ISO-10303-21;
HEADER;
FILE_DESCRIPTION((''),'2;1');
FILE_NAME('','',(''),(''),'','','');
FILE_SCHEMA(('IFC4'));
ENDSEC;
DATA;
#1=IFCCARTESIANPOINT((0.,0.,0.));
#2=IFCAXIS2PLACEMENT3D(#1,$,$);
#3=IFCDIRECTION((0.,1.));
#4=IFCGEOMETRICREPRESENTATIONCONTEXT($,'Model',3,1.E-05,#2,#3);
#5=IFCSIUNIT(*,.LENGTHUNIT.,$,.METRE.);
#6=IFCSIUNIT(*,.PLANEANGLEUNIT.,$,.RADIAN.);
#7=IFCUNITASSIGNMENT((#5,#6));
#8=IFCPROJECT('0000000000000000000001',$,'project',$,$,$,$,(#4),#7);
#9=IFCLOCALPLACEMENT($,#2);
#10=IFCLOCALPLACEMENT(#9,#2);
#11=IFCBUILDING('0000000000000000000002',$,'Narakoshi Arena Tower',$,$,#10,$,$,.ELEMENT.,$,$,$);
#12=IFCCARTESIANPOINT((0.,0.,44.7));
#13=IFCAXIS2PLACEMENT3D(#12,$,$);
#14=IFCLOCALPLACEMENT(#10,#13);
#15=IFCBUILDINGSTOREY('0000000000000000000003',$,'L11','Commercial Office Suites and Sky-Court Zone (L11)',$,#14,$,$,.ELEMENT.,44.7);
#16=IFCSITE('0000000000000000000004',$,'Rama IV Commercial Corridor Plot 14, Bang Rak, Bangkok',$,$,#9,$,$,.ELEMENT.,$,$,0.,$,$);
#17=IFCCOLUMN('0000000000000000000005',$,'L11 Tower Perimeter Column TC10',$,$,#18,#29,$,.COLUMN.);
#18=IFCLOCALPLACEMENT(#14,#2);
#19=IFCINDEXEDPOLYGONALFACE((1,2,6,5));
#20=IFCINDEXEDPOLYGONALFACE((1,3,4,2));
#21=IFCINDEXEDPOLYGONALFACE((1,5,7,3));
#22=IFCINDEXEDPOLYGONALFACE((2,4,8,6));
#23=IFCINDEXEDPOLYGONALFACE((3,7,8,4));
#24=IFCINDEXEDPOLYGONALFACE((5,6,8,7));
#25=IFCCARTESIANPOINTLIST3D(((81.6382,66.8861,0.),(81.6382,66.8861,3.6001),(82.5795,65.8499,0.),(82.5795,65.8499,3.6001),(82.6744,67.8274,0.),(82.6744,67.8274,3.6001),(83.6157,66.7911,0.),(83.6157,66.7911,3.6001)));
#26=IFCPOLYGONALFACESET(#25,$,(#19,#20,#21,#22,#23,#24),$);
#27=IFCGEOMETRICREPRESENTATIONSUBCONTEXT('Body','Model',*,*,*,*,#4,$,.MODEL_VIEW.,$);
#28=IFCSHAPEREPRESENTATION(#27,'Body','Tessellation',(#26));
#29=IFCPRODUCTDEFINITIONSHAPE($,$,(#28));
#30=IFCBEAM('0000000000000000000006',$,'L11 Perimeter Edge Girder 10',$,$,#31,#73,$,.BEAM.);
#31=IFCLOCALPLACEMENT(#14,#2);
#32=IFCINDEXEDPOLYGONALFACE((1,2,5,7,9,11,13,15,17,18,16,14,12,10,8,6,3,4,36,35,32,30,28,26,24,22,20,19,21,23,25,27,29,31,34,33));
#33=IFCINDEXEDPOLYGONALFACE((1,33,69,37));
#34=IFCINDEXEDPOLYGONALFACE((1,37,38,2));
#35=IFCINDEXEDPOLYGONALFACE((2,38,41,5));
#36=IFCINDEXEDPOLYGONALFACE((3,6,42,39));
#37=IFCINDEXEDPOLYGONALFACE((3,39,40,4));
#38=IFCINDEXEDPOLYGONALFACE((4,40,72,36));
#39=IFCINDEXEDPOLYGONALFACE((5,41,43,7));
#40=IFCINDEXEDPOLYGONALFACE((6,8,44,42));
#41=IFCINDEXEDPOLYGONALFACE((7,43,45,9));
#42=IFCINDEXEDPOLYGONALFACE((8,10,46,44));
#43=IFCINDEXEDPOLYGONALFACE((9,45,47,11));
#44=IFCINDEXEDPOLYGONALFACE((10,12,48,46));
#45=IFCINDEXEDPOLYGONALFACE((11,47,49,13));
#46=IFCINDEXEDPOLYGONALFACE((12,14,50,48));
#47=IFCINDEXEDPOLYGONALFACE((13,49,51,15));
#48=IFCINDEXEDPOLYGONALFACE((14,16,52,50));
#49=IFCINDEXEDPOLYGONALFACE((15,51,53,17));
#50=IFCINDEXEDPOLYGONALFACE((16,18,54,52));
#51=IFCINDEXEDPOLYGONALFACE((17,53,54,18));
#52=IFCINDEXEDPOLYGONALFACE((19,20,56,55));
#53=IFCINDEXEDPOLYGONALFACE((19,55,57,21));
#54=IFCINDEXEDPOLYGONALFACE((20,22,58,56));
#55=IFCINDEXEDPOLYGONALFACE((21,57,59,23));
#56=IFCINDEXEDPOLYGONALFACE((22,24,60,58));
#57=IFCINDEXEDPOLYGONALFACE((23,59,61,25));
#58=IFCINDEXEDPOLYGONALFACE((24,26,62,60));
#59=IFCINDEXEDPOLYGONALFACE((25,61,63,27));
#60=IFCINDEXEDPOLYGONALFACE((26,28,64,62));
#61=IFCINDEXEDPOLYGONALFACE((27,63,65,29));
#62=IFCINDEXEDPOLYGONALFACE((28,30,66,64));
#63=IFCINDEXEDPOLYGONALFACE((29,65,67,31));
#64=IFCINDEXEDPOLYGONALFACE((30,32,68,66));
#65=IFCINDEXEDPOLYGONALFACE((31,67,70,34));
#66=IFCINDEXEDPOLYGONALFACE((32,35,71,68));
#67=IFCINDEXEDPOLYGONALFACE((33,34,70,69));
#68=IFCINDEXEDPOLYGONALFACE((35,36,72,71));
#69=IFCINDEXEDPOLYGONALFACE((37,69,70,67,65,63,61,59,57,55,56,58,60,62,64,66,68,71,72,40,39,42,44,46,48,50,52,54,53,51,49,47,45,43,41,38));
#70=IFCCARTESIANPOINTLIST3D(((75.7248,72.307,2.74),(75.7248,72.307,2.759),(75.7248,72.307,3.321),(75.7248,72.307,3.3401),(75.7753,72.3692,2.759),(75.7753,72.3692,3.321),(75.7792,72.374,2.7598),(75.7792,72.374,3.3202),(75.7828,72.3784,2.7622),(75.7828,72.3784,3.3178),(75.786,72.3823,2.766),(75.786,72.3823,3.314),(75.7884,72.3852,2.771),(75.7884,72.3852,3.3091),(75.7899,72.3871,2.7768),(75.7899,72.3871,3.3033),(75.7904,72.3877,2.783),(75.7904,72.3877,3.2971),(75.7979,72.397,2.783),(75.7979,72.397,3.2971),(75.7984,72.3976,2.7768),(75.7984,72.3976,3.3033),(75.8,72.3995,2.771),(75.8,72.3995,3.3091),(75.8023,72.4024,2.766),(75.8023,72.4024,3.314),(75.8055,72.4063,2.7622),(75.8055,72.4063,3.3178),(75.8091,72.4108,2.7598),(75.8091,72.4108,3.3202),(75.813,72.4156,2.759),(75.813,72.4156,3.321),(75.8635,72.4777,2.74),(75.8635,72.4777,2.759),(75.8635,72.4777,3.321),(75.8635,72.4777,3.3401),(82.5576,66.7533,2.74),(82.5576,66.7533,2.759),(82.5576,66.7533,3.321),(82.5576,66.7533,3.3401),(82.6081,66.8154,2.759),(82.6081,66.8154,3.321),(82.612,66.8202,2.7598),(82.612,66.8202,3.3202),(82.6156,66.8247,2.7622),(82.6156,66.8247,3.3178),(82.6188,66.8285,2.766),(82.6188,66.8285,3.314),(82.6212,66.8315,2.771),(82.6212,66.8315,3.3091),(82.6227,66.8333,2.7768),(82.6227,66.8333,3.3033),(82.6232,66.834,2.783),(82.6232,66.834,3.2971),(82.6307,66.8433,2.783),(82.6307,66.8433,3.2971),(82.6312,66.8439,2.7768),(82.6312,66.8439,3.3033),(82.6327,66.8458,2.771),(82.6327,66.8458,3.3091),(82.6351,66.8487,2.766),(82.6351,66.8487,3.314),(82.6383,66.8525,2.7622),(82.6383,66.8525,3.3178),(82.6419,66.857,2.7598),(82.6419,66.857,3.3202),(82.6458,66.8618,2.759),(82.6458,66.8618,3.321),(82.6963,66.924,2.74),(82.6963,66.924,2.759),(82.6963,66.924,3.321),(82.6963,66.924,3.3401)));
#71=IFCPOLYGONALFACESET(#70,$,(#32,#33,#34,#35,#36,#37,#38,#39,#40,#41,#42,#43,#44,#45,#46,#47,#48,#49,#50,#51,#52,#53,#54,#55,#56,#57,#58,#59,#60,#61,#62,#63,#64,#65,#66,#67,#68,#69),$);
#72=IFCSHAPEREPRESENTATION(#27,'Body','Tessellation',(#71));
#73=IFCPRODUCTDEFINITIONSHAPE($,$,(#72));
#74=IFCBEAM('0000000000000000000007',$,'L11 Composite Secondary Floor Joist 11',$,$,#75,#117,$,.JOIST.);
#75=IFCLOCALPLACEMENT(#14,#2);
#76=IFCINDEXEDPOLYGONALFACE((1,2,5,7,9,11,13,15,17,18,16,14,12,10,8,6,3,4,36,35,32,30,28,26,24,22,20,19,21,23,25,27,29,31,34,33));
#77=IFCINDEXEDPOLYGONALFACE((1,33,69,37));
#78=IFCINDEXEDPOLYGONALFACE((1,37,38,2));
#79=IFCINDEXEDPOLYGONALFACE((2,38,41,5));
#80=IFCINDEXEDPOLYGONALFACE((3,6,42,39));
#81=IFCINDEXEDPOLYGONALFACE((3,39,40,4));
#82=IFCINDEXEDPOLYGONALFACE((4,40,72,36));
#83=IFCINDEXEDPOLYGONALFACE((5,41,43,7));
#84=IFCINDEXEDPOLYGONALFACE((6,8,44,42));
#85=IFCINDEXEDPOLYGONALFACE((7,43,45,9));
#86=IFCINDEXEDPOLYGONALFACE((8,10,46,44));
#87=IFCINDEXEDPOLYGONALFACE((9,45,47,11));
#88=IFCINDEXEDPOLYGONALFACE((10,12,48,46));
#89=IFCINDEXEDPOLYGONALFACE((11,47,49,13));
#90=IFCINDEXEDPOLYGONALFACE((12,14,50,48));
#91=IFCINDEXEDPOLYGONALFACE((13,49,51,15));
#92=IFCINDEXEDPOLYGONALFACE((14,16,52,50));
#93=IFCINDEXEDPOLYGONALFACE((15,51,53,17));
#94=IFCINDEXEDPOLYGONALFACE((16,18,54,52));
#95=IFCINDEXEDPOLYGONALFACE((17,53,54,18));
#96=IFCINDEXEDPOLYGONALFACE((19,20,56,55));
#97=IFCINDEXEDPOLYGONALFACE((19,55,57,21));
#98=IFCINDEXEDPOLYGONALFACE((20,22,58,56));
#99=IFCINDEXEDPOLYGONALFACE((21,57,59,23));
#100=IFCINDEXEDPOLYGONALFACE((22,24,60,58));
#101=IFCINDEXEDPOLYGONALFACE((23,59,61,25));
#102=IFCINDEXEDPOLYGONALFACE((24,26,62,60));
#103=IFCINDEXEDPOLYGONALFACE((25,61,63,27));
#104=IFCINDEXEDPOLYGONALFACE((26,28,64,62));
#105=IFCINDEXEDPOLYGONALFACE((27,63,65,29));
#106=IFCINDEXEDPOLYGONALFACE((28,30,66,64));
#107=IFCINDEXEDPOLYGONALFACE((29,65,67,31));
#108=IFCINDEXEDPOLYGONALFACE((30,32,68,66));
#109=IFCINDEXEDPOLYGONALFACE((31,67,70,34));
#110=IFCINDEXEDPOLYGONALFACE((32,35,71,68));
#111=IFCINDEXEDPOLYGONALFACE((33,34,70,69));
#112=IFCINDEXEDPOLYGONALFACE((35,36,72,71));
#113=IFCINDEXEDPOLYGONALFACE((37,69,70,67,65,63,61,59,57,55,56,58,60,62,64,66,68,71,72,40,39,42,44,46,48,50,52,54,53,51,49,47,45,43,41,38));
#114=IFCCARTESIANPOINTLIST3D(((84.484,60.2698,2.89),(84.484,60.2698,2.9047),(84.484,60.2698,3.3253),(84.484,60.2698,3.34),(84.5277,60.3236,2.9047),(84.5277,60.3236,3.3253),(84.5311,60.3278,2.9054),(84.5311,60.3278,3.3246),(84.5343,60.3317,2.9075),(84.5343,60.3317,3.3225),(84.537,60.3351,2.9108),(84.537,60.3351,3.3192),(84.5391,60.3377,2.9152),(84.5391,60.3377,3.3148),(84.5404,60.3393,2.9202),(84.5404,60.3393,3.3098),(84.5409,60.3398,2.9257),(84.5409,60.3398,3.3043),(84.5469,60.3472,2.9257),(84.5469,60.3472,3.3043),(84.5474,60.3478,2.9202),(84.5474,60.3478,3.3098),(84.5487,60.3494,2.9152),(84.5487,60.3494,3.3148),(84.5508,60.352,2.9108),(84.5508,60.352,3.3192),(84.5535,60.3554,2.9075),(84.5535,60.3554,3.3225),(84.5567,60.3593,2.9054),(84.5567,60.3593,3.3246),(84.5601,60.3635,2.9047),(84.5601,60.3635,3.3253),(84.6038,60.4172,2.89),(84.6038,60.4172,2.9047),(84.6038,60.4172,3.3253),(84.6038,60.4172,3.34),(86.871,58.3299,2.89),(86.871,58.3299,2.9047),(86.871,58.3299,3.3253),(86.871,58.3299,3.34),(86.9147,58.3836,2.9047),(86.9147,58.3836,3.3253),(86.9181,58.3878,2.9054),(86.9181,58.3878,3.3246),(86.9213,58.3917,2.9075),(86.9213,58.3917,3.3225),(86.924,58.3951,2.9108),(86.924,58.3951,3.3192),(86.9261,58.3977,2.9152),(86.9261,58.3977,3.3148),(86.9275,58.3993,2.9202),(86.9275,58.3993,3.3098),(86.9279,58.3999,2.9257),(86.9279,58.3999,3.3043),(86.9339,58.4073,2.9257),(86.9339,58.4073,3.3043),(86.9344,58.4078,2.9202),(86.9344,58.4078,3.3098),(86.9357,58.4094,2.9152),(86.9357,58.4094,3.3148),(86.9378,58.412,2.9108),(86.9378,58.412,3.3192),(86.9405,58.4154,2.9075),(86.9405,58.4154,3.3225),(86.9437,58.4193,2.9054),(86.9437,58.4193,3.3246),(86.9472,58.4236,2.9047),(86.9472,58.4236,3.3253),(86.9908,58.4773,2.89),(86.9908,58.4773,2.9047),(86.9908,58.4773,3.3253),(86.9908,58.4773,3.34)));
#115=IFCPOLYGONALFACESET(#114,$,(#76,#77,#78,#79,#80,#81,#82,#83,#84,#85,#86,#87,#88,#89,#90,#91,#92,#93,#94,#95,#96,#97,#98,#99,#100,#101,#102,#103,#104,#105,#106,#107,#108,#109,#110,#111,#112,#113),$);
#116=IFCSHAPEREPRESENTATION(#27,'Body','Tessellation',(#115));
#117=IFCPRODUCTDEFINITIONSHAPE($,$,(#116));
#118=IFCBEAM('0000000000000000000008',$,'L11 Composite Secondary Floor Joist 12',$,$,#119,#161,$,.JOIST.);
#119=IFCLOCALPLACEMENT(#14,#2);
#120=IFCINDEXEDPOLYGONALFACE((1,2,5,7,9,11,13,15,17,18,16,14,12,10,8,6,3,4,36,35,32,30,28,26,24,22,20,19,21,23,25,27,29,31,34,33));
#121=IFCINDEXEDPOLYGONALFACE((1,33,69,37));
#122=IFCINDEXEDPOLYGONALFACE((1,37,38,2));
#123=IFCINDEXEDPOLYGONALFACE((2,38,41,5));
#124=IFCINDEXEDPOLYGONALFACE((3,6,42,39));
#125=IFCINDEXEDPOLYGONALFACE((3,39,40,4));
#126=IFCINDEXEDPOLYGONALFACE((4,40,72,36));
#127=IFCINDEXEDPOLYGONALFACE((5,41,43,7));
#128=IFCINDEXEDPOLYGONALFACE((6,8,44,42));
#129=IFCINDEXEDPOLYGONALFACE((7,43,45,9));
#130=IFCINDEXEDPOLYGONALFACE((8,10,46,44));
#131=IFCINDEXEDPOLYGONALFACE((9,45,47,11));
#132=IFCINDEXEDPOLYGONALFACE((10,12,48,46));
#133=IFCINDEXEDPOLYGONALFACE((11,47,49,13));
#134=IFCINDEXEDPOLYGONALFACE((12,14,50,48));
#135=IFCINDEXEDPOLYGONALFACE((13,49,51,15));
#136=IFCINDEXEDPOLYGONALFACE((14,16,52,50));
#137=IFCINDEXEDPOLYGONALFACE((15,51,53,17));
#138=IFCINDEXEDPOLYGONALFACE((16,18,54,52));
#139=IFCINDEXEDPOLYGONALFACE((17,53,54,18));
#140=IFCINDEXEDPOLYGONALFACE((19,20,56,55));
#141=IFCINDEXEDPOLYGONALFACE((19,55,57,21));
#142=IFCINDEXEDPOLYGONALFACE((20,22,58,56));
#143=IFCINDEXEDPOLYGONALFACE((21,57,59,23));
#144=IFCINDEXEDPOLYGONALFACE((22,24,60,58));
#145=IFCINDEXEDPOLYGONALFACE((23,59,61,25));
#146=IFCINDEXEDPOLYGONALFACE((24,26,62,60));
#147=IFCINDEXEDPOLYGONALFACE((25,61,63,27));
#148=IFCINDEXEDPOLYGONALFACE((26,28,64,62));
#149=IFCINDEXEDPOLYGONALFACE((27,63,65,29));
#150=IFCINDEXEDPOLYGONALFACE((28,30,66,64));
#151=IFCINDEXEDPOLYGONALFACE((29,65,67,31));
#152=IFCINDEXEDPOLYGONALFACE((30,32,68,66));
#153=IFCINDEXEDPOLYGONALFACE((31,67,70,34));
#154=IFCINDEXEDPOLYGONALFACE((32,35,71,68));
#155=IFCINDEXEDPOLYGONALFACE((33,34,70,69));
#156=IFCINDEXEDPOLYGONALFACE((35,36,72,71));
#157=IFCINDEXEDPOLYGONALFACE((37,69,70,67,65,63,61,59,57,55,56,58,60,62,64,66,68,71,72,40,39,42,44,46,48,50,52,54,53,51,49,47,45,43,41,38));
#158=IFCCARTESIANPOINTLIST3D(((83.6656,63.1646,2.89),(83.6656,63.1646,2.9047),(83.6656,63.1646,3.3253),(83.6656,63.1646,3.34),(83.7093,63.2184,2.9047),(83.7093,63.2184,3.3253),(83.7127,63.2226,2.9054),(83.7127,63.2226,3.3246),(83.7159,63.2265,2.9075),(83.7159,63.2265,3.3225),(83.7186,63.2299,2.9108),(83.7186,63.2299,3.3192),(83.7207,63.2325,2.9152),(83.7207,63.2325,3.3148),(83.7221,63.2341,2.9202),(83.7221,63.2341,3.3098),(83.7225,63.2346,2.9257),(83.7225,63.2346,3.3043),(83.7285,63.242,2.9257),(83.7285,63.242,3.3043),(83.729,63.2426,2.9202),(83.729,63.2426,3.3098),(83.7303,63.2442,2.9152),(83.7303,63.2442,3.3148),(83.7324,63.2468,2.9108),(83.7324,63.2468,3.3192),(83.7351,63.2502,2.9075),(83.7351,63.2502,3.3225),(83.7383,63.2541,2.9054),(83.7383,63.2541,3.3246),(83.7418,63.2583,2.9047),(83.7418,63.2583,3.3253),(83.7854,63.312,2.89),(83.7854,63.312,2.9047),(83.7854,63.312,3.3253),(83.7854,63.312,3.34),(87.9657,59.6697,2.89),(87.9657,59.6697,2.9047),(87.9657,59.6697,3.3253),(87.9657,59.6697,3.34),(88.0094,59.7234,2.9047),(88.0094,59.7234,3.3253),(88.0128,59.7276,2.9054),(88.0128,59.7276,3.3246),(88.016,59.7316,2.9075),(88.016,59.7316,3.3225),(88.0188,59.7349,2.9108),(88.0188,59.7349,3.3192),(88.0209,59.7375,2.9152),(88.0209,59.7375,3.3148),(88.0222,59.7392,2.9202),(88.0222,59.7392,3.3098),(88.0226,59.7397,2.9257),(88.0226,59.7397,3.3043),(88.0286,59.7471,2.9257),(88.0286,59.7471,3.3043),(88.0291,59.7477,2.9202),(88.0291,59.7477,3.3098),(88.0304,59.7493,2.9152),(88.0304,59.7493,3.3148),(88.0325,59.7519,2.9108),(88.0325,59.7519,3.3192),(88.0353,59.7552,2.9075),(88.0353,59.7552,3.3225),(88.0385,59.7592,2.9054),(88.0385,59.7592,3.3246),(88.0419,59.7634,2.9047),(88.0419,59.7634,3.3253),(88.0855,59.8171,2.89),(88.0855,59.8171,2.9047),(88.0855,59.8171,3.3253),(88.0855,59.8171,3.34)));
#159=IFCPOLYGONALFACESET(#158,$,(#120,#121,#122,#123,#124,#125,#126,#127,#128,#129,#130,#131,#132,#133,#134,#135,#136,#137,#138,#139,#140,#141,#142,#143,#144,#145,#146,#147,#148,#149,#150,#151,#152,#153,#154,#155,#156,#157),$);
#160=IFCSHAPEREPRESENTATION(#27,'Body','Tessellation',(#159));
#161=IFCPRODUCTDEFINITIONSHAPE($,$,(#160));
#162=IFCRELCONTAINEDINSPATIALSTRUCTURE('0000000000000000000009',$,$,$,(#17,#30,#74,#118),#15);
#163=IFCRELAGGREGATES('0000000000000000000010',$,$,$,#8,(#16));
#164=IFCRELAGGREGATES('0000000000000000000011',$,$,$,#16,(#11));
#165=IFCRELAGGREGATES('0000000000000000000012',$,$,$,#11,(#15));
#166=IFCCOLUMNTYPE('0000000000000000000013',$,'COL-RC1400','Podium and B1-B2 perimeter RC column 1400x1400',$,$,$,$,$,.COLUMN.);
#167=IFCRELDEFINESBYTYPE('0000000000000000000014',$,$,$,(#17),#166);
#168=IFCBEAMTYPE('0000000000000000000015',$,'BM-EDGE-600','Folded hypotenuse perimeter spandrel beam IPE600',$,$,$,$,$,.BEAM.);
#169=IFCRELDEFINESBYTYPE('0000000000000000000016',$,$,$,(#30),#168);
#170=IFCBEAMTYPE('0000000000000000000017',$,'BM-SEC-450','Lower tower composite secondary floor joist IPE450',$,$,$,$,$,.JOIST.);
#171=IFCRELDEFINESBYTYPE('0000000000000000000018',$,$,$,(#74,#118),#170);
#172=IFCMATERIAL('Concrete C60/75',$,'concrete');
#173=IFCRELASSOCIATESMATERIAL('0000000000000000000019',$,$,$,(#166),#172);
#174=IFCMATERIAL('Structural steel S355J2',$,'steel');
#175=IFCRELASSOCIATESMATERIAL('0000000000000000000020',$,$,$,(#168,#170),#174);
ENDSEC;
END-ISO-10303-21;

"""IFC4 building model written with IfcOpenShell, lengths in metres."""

from ifc_helpers import new_model, si_unit, direction, frame, origin, origin_2d, place, context, subcontext, project, spatial, rectangle, i_section, extrude, material, material_profile, profile_set, type_object, element, save


model = new_model("IFC4")

# Units and contexts
model_context = context("Model", 3, precision=1e-05, world=origin(), true_north=direction((0.0, 1.0)))
body_context = subcontext(model_context, "Body", "Model", "MODEL_VIEW")
ifc_project = project(units=[si_unit("LENGTHUNIT", "METRE"), si_unit("PLANEANGLEUNIT", "RADIAN")], contexts=[model_context])

# Site, building, storey
site_placement = place(None, origin())
site = spatial("IfcSite", under=ifc_project, at=site_placement, Name="Rama IV Commercial Corridor Plot 14, Bang Rak, Bangkok", CompositionType="ELEMENT", RefElevation=0.0)
building_placement = place(site_placement, origin())
building = spatial("IfcBuilding", under=site, at=building_placement, Name="Narakoshi Arena Tower", CompositionType="ELEMENT")
storey_placement = place(building_placement, frame((0.0, 0.0, 44.7)))
storey = spatial("IfcBuildingStorey", under=building, at=storey_placement, Name="L11", Description="Commercial Office Suites and Sky-Court Zone (L11)", CompositionType="ELEMENT", Elevation=44.7)

# Column
ifc_material_1 = material(Name="Concrete C60/75", Category="concrete")
ifc_material_profile_1 = material_profile(ifc_material_1, rectangle(XDim=1.3999, YDim=1.3999, at=origin_2d()), Name="RC1400x1400")
ifc_profile_set_1 = profile_set([ifc_material_profile_1], Name="Concrete C60/75")
column_type = type_object("IfcColumnType", Name="COL-RC1400", Description="Podium and B1-B2 perimeter RC column 1400x1400", PredefinedType="COLUMN", material=ifc_profile_set_1)
column_placement = place(storey_placement, frame((82.627, 66.8386, 0.0), z_axis=(0.0, 0.0, 1.0), x_axis=(0.740218, 0.672367, 0.0)))
element("IfcColumn", 1, at=column_placement, inside=storey, type_object=column_type, Name="L11 Tower Perimeter Column TC10", PredefinedType="COLUMN", context=body_context, shape_type="SweptSolid", body=[
    extrude(rectangle(XDim=1.3999, YDim=1.3999, at=origin_2d()), origin(), (0.0, 0.0, 1.0), 3.6001),
])

# Beams
ifc_material_2 = material(Name="Structural steel S355J2", Category="steel")
ifc_material_profile_2 = material_profile(ifc_material_2, i_section(OverallWidth=0.22, OverallDepth=0.6001, WebThickness=0.012, FlangeThickness=0.019, FilletRadius=0.0239, at=origin_2d()), Name="IPE600")
ifc_profile_set_2 = profile_set([ifc_material_profile_2], Name="Structural steel S355J2")
beam_type_1 = type_object("IfcBeamType", Name="BM-EDGE-600", Description="Folded hypotenuse perimeter spandrel beam IPE600", PredefinedType="BEAM", material=ifc_profile_set_2)
beam_1_placement = place(storey_placement, frame((82.627, 66.8386, 3.04), z_axis=(-0.775998, 0.630736, 0.0), x_axis=(-0.630736, -0.775998, 0.0)))
element("IfcBeam", 2, at=beam_1_placement, inside=storey, type_object=beam_type_1, Name="L11 Perimeter Edge Girder 10", PredefinedType="BEAM", context=body_context, shape_type="SweptSolid", body=[
    extrude(i_section(OverallWidth=0.22, OverallDepth=0.6001, WebThickness=0.012, FlangeThickness=0.019, FilletRadius=0.0239, at=origin_2d()), origin(), (0.0, 0.0, 1.0), 8.8052),
])
ifc_material_profile_3 = material_profile(ifc_material_2, i_section(OverallWidth=0.1899, OverallDepth=0.45, WebThickness=0.0095, FlangeThickness=0.0146, FilletRadius=0.021, at=origin_2d()), Name="IPE450")
ifc_profile_set_3 = profile_set([ifc_material_profile_3], Name="Structural steel S355J2")
beam_type_2 = type_object("IfcBeamType", Name="BM-SEC-450", Description="Lower tower composite secondary floor joist IPE450", PredefinedType="JOIST", material=ifc_profile_set_3)
beam_2_placement = place(storey_placement, frame((86.9309, 58.4036, 3.115), z_axis=(-0.776029, 0.630697, 0.0), x_axis=(-0.630697, -0.776029, 0.0)))
element("IfcBeam", 3, at=beam_2_placement, inside=storey, type_object=beam_type_2, Name="L11 Composite Secondary Floor Joist 11", PredefinedType="JOIST", context=body_context, shape_type="SweptSolid", body=[
    extrude(i_section(OverallWidth=0.1899, OverallDepth=0.45, WebThickness=0.0095, FlangeThickness=0.0146, FilletRadius=0.021, at=origin_2d()), origin(), (0.0, 0.0, 1.0), 3.0759),
])
beam_3_placement = place(storey_placement, frame((88.0256, 59.7434, 3.115), z_axis=(-0.776018, 0.63071, 0.0), x_axis=(-0.63071, -0.776018, 0.0)))
element("IfcBeam", 4, at=beam_3_placement, inside=storey, type_object=beam_type_2, Name="L11 Composite Secondary Floor Joist 12", PredefinedType="JOIST", context=body_context, shape_type="SweptSolid", body=[
    extrude(i_section(OverallWidth=0.1899, OverallDepth=0.45, WebThickness=0.0095, FlangeThickness=0.0146, FilletRadius=0.021, at=origin_2d()), origin(), (0.0, 0.0, 1.0), 5.5413),
])

save(model, "model.ifc")
